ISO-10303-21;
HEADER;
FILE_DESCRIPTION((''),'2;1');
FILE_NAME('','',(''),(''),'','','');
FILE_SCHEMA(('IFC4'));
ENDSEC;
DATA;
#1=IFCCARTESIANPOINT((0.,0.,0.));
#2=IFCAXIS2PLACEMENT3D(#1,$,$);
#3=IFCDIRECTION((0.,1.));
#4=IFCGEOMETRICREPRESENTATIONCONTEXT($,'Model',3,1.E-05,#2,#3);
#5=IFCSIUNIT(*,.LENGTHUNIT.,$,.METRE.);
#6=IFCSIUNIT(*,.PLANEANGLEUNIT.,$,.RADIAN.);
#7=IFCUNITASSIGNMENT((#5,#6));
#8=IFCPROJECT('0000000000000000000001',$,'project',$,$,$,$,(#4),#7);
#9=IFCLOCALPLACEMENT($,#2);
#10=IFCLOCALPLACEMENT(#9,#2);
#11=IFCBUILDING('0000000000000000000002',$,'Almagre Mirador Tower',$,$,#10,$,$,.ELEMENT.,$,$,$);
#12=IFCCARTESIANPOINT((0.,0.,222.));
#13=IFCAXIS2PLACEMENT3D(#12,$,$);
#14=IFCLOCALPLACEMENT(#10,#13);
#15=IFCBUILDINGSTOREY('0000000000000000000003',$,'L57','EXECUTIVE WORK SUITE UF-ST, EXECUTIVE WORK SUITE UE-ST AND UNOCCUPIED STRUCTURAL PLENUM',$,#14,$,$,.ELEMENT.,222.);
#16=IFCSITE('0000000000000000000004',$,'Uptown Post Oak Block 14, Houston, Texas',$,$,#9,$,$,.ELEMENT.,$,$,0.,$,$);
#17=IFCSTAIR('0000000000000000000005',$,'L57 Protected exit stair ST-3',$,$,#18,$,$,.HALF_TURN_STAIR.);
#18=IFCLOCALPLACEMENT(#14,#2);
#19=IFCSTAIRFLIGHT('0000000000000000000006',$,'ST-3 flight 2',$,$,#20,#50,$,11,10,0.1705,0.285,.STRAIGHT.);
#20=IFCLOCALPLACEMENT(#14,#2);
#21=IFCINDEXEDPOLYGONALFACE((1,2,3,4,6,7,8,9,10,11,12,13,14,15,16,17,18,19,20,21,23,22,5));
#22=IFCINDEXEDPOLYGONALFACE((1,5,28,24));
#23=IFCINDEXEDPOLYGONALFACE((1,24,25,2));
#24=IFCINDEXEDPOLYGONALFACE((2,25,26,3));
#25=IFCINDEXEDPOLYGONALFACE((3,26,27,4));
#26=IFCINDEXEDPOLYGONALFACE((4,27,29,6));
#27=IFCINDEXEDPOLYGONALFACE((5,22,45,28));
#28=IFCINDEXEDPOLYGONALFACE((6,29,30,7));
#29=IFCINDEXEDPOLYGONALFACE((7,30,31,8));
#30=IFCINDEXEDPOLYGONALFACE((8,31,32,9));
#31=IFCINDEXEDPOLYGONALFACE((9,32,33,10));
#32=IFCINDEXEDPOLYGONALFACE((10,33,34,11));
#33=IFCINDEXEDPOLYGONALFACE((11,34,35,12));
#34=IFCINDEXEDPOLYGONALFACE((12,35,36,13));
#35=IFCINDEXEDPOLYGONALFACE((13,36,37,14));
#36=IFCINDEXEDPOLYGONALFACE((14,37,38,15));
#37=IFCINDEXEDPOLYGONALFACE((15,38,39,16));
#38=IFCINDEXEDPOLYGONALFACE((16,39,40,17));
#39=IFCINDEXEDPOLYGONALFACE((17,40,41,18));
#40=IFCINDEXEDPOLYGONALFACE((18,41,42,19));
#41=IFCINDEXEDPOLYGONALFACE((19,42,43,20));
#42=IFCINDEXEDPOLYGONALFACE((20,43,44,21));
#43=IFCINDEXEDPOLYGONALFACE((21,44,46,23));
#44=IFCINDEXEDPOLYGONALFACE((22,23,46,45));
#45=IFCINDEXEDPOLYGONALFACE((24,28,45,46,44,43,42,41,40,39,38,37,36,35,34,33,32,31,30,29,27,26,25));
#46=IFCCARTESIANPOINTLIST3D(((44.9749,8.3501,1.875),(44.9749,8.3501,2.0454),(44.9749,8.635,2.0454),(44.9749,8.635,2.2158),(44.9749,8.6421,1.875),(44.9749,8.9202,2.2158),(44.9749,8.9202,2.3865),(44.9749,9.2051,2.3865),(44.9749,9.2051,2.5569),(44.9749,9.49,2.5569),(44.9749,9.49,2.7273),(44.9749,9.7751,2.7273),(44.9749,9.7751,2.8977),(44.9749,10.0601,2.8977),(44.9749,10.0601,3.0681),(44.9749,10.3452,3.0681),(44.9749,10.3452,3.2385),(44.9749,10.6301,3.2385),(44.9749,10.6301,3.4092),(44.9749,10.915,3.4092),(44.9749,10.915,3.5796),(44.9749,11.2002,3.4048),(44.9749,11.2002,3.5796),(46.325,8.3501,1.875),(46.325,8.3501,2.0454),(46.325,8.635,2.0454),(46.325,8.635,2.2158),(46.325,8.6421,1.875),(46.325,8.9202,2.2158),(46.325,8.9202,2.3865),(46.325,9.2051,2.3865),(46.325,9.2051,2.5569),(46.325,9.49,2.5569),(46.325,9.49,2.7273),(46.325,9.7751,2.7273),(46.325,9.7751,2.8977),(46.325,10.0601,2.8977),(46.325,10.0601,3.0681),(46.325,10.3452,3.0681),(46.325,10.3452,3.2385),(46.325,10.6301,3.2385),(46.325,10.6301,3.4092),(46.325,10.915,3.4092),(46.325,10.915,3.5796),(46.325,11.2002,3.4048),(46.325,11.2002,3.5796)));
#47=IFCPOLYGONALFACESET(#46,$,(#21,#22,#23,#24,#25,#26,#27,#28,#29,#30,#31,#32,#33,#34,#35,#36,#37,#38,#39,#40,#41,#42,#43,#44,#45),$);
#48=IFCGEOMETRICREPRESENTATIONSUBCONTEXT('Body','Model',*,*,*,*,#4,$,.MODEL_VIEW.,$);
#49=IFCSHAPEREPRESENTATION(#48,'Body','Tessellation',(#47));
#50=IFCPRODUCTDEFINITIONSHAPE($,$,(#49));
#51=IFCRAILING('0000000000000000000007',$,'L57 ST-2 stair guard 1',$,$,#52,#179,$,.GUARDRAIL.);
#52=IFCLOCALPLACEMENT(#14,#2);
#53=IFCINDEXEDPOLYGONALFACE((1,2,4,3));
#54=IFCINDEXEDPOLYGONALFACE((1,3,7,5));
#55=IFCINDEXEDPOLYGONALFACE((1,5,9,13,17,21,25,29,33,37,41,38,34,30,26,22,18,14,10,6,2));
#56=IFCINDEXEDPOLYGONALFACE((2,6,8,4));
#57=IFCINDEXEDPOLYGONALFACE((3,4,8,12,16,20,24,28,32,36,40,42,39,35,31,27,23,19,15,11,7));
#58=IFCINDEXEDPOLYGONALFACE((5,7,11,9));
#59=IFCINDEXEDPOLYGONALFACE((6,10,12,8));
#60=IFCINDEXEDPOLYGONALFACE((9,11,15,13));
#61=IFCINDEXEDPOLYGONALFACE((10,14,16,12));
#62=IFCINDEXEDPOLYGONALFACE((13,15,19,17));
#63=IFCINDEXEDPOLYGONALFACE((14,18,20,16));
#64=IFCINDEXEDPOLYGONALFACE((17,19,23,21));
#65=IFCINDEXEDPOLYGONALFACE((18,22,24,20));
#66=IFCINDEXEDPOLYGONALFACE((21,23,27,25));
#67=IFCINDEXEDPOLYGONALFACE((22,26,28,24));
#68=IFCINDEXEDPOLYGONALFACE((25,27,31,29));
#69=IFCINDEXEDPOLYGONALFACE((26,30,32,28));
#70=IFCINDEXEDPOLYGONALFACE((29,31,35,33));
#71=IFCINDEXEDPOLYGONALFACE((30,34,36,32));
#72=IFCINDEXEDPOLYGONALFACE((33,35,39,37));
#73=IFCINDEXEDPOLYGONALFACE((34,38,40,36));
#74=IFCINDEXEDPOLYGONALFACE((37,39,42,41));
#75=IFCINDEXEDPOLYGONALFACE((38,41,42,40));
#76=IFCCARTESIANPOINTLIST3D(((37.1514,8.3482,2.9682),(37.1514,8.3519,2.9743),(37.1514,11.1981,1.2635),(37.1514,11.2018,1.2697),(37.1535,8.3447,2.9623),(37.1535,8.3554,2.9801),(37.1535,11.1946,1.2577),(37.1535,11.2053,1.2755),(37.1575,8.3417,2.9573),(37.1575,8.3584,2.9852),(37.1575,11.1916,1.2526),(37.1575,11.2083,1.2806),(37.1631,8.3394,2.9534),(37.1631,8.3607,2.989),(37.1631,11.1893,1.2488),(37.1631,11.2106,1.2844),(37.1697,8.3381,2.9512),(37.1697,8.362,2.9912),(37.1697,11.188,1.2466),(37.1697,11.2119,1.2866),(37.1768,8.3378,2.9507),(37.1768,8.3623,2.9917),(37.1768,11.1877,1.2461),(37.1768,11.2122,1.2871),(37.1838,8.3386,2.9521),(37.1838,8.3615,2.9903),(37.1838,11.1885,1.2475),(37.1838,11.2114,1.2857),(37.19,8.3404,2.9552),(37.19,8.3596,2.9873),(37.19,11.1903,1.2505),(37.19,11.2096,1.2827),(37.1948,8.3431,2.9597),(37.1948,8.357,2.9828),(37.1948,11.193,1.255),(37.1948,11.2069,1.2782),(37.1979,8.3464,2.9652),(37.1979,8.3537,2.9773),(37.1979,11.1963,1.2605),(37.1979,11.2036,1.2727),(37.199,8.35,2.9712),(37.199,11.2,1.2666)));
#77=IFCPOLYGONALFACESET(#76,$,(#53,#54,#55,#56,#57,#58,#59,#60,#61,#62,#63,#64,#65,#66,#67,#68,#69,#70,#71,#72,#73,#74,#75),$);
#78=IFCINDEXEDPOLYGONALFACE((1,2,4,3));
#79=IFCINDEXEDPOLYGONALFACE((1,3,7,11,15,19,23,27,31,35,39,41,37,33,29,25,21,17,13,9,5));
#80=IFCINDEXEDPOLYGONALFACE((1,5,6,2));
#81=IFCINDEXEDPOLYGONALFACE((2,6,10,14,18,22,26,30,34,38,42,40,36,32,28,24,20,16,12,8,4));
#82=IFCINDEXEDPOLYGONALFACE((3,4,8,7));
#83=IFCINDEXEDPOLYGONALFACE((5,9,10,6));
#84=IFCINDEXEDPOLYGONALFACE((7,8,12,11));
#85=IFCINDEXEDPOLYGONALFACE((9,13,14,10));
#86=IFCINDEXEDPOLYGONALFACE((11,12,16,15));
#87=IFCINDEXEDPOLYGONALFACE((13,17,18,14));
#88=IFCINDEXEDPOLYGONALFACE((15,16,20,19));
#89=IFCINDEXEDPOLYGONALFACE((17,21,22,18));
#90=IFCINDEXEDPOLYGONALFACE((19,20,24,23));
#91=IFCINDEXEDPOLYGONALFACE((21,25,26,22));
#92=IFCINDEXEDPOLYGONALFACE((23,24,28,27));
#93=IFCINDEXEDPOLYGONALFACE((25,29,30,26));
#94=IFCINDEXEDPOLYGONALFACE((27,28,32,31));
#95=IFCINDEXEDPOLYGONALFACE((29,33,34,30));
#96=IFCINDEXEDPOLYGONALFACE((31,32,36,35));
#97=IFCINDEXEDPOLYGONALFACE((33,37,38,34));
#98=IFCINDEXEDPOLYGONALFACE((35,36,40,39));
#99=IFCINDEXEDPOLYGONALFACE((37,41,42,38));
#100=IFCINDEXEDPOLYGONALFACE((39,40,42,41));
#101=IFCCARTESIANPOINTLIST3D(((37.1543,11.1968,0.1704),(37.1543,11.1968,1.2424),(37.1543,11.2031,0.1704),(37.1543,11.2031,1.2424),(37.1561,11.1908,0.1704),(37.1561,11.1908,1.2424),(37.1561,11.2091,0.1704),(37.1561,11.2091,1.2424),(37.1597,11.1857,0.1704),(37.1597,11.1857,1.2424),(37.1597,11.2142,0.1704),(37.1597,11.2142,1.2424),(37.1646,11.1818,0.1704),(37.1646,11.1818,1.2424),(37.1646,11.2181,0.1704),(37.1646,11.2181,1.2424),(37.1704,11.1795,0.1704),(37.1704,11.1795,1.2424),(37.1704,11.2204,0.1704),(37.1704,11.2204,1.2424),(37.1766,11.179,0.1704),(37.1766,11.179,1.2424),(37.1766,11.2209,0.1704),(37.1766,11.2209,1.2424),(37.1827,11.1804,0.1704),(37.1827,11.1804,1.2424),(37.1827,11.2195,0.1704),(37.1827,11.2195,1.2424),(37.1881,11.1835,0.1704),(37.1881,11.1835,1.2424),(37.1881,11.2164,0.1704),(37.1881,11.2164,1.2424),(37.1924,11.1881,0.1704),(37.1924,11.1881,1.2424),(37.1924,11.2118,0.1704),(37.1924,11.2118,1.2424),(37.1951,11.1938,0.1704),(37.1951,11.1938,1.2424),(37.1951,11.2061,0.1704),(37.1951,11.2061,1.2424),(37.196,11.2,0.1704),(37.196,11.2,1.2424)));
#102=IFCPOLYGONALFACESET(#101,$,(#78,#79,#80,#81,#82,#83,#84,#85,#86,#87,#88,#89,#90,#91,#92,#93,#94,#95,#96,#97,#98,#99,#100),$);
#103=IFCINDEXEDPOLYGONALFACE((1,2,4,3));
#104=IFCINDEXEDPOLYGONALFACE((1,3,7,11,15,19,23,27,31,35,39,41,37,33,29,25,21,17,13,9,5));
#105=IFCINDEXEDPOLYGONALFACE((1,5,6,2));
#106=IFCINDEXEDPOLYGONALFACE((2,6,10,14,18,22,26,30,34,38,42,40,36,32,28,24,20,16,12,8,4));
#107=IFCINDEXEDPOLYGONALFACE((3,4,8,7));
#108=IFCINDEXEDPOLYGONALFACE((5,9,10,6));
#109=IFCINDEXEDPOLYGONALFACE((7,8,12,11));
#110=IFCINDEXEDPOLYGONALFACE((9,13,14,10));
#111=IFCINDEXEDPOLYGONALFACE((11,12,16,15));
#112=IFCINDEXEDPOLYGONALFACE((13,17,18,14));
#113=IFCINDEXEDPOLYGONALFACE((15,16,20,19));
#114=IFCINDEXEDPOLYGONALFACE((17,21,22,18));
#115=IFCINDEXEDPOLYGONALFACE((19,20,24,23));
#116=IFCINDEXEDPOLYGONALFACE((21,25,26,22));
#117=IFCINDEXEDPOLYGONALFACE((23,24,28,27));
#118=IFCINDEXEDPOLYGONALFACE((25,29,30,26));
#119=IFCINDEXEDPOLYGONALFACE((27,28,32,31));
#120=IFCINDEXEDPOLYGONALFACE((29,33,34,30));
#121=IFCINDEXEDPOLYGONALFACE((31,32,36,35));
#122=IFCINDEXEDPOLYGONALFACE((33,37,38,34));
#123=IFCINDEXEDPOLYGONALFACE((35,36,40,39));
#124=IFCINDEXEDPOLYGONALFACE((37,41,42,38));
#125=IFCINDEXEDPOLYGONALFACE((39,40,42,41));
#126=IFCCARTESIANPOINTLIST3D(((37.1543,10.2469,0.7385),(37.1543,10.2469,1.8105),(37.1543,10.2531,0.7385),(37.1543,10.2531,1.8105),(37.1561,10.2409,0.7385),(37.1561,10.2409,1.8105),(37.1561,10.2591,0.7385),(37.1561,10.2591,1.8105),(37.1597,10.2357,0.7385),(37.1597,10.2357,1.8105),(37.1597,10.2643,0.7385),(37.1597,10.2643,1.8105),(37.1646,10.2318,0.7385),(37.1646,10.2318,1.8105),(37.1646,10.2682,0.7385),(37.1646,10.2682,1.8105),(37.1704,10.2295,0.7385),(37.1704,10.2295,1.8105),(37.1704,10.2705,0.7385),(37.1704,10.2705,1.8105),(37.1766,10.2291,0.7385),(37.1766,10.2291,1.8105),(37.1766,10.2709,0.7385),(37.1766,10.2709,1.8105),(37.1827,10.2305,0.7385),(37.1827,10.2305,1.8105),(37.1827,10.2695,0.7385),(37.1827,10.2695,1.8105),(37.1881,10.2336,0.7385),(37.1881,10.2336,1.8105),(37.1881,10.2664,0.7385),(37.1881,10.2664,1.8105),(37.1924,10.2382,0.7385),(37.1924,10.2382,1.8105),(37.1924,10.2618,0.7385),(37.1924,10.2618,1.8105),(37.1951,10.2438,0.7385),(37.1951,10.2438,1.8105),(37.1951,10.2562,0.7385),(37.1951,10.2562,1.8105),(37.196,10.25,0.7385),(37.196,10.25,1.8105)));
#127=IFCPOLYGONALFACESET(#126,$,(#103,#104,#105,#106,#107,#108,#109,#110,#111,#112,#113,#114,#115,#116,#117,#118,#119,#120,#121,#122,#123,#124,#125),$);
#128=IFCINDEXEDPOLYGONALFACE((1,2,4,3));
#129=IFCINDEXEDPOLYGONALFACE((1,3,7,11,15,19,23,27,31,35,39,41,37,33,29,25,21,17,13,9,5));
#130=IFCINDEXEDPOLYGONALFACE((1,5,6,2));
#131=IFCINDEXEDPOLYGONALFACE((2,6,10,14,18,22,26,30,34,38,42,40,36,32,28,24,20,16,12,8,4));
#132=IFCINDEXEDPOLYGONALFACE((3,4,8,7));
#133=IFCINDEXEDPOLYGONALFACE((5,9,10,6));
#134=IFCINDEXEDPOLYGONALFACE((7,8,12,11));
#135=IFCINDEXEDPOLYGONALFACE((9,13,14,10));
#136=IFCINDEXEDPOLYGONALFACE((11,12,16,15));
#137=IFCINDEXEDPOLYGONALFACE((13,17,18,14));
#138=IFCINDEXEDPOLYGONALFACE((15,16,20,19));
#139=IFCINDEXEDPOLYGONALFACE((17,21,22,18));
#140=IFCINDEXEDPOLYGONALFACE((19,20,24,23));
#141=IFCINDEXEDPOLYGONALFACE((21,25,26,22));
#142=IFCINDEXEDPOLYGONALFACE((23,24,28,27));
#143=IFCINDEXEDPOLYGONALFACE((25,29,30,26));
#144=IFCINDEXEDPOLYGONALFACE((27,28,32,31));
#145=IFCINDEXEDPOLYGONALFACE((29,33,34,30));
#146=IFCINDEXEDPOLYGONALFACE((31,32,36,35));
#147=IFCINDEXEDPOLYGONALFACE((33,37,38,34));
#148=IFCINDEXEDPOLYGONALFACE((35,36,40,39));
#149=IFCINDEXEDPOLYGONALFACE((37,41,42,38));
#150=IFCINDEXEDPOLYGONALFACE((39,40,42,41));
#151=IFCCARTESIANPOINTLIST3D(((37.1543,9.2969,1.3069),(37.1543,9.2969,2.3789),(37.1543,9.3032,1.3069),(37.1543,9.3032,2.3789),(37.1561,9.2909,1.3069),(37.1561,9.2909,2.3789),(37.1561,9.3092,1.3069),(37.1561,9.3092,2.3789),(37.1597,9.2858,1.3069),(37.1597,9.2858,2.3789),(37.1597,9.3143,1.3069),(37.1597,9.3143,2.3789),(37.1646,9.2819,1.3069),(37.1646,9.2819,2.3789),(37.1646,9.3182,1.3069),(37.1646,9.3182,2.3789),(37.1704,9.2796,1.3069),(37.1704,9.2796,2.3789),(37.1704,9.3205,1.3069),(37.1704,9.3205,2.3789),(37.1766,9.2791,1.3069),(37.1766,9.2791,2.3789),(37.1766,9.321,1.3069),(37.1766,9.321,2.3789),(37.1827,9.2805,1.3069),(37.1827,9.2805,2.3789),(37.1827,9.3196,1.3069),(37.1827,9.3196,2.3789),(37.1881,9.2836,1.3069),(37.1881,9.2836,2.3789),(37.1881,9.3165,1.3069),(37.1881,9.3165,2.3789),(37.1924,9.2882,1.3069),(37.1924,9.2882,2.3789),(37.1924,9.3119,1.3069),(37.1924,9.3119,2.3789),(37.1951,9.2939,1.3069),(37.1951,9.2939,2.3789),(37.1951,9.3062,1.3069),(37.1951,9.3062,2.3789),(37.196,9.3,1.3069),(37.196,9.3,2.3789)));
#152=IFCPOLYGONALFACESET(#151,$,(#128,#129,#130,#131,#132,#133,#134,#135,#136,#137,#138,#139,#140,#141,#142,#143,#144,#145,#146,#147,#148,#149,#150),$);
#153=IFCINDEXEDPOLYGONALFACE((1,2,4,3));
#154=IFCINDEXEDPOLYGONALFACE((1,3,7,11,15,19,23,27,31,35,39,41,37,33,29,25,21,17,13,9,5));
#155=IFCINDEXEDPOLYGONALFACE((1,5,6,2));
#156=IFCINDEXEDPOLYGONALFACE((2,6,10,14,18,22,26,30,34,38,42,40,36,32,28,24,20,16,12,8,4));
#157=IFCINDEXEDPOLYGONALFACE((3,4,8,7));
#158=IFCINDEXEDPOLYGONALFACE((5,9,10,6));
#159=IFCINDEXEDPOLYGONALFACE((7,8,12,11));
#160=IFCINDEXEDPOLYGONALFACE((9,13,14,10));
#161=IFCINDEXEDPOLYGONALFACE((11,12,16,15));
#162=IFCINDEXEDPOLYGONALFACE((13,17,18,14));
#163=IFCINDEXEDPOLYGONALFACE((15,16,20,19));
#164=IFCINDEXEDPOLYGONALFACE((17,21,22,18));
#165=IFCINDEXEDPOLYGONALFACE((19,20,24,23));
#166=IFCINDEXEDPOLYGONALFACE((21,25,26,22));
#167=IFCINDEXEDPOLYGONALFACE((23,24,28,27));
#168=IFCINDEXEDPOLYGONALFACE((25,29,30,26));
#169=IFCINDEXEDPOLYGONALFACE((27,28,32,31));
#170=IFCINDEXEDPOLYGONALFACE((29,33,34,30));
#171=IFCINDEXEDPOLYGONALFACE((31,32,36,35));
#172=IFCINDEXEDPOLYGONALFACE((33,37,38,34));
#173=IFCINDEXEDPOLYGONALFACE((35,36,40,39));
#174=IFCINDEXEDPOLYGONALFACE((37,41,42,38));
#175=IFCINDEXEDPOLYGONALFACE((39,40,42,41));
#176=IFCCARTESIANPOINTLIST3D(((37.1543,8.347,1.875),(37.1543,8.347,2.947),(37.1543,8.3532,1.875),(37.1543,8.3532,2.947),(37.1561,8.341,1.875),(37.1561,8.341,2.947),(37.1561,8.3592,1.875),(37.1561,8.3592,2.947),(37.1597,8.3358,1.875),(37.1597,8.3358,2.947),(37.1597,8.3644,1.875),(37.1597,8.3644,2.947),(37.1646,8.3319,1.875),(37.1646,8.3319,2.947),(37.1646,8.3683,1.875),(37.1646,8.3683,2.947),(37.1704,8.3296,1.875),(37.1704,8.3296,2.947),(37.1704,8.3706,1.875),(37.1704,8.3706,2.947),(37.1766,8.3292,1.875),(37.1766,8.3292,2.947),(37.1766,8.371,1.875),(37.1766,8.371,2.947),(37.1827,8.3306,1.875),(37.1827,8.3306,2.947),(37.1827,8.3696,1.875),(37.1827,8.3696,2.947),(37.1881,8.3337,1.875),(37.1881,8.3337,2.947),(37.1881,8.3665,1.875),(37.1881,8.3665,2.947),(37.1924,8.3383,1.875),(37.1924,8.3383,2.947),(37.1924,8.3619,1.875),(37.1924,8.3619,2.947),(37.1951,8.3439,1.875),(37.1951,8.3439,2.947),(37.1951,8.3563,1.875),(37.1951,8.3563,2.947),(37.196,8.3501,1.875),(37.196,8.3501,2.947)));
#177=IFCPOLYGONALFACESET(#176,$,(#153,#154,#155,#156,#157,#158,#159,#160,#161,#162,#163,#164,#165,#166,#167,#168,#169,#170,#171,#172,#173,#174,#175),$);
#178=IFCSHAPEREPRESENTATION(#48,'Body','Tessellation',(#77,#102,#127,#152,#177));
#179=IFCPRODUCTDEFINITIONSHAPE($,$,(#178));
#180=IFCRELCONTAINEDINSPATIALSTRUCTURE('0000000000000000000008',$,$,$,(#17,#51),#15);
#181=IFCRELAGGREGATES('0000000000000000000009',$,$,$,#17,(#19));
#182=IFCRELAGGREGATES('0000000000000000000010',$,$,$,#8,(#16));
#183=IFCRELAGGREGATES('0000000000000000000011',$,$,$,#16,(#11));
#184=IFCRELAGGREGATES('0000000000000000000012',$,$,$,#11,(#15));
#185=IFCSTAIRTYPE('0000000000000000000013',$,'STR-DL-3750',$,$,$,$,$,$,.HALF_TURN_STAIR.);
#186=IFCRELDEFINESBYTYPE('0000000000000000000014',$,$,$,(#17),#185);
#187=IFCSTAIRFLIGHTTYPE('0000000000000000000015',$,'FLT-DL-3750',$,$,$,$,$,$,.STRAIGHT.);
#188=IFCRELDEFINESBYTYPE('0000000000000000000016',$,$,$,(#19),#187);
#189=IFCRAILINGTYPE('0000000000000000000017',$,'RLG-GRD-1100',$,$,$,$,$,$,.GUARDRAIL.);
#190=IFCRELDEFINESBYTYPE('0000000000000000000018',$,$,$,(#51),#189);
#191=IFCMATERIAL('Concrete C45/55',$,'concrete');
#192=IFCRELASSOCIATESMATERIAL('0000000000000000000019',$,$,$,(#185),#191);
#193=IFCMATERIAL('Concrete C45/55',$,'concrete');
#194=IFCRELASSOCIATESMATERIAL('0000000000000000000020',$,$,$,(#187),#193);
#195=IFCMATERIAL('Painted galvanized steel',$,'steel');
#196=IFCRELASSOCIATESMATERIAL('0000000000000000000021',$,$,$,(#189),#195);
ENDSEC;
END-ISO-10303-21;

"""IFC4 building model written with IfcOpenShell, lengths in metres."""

from ifc_helpers import new_model, si_unit, direction, frame, origin, origin_2d, place, context, subcontext, project, spatial, polyline, circle, outline, extrude, material, type_object, element, aggregate, save


model = new_model("IFC4")

# Units and contexts
model_context = context("Model", 3, precision=1e-05, world=origin(), true_north=direction((0.0, 1.0)))
body_context = subcontext(model_context, "Body", "Model", "MODEL_VIEW")
ifc_project = project(units=[si_unit("LENGTHUNIT", "METRE"), si_unit("PLANEANGLEUNIT", "RADIAN")], contexts=[model_context])

# Site, building, storey
site_placement = place(None, origin())
site = spatial("IfcSite", under=ifc_project, at=site_placement, Name="Uptown Post Oak Block 14, Houston, Texas", CompositionType="ELEMENT", RefElevation=0.0)
building_placement = place(site_placement, origin())
building = spatial("IfcBuilding", under=site, at=building_placement, Name="Almagre Mirador Tower", CompositionType="ELEMENT")
storey_placement = place(building_placement, frame((0.0, 0.0, 222.0)))
storey = spatial("IfcBuildingStorey", under=building, at=storey_placement, Name="L57", Description="EXECUTIVE WORK SUITE UF-ST, EXECUTIVE WORK SUITE UE-ST AND UNOCCUPIED STRUCTURAL PLENUM", CompositionType="ELEMENT", Elevation=222.0)

# Stair, stair flight
ifc_material_1 = material(Name="Concrete C45/55", Category="concrete")
stair_type = type_object("IfcStairType", Name="STR-DL-3750", PredefinedType="HALF_TURN_STAIR", material=ifc_material_1)
ifc_material_2 = material(Name="Concrete C45/55", Category="concrete")
stair_flight_type = type_object("IfcStairFlightType", Name="FLT-DL-3750", PredefinedType="STRAIGHT", material=ifc_material_2)
stair_1_placement = place(storey_placement, origin())
stair_1 = element("IfcStair", 1, at=stair_1_placement, inside=storey, type_object=stair_type, Name="L57 Protected exit stair ST-3", PredefinedType="HALF_TURN_STAIR")
stair_flight_1_placement = place(storey_placement, frame((45.6499, 8.3501, 1.875), z_axis=(0.0, 0.0, 1.0), x_axis=(0.0, 1.0, 0.0)))
stair_flight_1 = element("IfcStairFlight", 2, at=stair_flight_1_placement, type_object=stair_flight_type, Name="ST-3 flight 2", NumberOfRisers=11, NumberOfTreads=10, PredefinedType="STRAIGHT", RiserHeight=0.1705, TreadLength=0.285, context=body_context, shape_type="SweptSolid", body=[
    extrude(outline(polyline([(0.0, 0.0), (0.0, 0.1704), (0.2849, 0.1704), (0.2849, 0.3408), (0.5701, 0.3408), (0.5701, 0.5115), (0.855, 0.5115), (0.855, 0.6819), (1.1399, 0.6819), (1.1399, 0.8523), (1.425, 0.8523), (1.425, 1.0227), (1.71, 1.0227), (1.71, 1.1931), (1.9951, 1.1931), (1.9951, 1.3635), (2.28, 1.3635), (2.28, 1.5342), (2.5649, 1.5342), (2.5649, 1.7046), (2.8501, 1.7046), (2.8501, 1.875), (2.8501, 1.5298), (0.292, 0.0), (0.0, 0.0)])), frame((0.0, 0.675, 0.0), z_axis=(0.0, -1.0, 0.0), x_axis=(1.0, 0.0, 0.0)), (0.0, 0.0, 1.0), 1.3501),
])
aggregate(stair_1, [stair_flight_1])

# Railing
ifc_material_3 = material(Name="Painted galvanized steel", Category="steel")
railing_type_1 = type_object("IfcRailingType", Name="RLG-GRD-1100", PredefinedType="GUARDRAIL", material=ifc_material_3)
railing_1_placement = place(storey_placement, frame((37.175, 11.2, 0.1704)))
element("IfcRailing", 3, at=railing_1_placement, inside=storey, type_object=railing_type_1, Name="L57 ST-2 stair guard 1", PredefinedType="GUARDRAIL", context=body_context, shape_type="SweptSolid", body=[
    extrude(circle(Radius=0.0239, at=origin_2d()), frame((0.0, 0.0, 1.0962), z_axis=(0.0, -0.858199, 0.513317), x_axis=(1.0, 0.0, 0.0)), (0.0, 0.0, 1.0), 3.3208),
    extrude(circle(Radius=0.021, at=origin_2d()), origin(), (0.0, 0.0, 1.0), 1.072),
    extrude(circle(Radius=0.021, at=origin_2d()), frame((0.0, -0.95, 0.5681)), (0.0, 0.0, 1.0), 1.072),
    extrude(circle(Radius=0.021, at=origin_2d()), frame((0.0, -1.8999, 1.1365)), (0.0, 0.0, 1.0), 1.072),
    extrude(circle(Radius=0.021, at=origin_2d()), frame((0.0, -2.8499, 1.7046)), (0.0, 0.0, 1.0), 1.072),
])

save(model, "model.ifc")
